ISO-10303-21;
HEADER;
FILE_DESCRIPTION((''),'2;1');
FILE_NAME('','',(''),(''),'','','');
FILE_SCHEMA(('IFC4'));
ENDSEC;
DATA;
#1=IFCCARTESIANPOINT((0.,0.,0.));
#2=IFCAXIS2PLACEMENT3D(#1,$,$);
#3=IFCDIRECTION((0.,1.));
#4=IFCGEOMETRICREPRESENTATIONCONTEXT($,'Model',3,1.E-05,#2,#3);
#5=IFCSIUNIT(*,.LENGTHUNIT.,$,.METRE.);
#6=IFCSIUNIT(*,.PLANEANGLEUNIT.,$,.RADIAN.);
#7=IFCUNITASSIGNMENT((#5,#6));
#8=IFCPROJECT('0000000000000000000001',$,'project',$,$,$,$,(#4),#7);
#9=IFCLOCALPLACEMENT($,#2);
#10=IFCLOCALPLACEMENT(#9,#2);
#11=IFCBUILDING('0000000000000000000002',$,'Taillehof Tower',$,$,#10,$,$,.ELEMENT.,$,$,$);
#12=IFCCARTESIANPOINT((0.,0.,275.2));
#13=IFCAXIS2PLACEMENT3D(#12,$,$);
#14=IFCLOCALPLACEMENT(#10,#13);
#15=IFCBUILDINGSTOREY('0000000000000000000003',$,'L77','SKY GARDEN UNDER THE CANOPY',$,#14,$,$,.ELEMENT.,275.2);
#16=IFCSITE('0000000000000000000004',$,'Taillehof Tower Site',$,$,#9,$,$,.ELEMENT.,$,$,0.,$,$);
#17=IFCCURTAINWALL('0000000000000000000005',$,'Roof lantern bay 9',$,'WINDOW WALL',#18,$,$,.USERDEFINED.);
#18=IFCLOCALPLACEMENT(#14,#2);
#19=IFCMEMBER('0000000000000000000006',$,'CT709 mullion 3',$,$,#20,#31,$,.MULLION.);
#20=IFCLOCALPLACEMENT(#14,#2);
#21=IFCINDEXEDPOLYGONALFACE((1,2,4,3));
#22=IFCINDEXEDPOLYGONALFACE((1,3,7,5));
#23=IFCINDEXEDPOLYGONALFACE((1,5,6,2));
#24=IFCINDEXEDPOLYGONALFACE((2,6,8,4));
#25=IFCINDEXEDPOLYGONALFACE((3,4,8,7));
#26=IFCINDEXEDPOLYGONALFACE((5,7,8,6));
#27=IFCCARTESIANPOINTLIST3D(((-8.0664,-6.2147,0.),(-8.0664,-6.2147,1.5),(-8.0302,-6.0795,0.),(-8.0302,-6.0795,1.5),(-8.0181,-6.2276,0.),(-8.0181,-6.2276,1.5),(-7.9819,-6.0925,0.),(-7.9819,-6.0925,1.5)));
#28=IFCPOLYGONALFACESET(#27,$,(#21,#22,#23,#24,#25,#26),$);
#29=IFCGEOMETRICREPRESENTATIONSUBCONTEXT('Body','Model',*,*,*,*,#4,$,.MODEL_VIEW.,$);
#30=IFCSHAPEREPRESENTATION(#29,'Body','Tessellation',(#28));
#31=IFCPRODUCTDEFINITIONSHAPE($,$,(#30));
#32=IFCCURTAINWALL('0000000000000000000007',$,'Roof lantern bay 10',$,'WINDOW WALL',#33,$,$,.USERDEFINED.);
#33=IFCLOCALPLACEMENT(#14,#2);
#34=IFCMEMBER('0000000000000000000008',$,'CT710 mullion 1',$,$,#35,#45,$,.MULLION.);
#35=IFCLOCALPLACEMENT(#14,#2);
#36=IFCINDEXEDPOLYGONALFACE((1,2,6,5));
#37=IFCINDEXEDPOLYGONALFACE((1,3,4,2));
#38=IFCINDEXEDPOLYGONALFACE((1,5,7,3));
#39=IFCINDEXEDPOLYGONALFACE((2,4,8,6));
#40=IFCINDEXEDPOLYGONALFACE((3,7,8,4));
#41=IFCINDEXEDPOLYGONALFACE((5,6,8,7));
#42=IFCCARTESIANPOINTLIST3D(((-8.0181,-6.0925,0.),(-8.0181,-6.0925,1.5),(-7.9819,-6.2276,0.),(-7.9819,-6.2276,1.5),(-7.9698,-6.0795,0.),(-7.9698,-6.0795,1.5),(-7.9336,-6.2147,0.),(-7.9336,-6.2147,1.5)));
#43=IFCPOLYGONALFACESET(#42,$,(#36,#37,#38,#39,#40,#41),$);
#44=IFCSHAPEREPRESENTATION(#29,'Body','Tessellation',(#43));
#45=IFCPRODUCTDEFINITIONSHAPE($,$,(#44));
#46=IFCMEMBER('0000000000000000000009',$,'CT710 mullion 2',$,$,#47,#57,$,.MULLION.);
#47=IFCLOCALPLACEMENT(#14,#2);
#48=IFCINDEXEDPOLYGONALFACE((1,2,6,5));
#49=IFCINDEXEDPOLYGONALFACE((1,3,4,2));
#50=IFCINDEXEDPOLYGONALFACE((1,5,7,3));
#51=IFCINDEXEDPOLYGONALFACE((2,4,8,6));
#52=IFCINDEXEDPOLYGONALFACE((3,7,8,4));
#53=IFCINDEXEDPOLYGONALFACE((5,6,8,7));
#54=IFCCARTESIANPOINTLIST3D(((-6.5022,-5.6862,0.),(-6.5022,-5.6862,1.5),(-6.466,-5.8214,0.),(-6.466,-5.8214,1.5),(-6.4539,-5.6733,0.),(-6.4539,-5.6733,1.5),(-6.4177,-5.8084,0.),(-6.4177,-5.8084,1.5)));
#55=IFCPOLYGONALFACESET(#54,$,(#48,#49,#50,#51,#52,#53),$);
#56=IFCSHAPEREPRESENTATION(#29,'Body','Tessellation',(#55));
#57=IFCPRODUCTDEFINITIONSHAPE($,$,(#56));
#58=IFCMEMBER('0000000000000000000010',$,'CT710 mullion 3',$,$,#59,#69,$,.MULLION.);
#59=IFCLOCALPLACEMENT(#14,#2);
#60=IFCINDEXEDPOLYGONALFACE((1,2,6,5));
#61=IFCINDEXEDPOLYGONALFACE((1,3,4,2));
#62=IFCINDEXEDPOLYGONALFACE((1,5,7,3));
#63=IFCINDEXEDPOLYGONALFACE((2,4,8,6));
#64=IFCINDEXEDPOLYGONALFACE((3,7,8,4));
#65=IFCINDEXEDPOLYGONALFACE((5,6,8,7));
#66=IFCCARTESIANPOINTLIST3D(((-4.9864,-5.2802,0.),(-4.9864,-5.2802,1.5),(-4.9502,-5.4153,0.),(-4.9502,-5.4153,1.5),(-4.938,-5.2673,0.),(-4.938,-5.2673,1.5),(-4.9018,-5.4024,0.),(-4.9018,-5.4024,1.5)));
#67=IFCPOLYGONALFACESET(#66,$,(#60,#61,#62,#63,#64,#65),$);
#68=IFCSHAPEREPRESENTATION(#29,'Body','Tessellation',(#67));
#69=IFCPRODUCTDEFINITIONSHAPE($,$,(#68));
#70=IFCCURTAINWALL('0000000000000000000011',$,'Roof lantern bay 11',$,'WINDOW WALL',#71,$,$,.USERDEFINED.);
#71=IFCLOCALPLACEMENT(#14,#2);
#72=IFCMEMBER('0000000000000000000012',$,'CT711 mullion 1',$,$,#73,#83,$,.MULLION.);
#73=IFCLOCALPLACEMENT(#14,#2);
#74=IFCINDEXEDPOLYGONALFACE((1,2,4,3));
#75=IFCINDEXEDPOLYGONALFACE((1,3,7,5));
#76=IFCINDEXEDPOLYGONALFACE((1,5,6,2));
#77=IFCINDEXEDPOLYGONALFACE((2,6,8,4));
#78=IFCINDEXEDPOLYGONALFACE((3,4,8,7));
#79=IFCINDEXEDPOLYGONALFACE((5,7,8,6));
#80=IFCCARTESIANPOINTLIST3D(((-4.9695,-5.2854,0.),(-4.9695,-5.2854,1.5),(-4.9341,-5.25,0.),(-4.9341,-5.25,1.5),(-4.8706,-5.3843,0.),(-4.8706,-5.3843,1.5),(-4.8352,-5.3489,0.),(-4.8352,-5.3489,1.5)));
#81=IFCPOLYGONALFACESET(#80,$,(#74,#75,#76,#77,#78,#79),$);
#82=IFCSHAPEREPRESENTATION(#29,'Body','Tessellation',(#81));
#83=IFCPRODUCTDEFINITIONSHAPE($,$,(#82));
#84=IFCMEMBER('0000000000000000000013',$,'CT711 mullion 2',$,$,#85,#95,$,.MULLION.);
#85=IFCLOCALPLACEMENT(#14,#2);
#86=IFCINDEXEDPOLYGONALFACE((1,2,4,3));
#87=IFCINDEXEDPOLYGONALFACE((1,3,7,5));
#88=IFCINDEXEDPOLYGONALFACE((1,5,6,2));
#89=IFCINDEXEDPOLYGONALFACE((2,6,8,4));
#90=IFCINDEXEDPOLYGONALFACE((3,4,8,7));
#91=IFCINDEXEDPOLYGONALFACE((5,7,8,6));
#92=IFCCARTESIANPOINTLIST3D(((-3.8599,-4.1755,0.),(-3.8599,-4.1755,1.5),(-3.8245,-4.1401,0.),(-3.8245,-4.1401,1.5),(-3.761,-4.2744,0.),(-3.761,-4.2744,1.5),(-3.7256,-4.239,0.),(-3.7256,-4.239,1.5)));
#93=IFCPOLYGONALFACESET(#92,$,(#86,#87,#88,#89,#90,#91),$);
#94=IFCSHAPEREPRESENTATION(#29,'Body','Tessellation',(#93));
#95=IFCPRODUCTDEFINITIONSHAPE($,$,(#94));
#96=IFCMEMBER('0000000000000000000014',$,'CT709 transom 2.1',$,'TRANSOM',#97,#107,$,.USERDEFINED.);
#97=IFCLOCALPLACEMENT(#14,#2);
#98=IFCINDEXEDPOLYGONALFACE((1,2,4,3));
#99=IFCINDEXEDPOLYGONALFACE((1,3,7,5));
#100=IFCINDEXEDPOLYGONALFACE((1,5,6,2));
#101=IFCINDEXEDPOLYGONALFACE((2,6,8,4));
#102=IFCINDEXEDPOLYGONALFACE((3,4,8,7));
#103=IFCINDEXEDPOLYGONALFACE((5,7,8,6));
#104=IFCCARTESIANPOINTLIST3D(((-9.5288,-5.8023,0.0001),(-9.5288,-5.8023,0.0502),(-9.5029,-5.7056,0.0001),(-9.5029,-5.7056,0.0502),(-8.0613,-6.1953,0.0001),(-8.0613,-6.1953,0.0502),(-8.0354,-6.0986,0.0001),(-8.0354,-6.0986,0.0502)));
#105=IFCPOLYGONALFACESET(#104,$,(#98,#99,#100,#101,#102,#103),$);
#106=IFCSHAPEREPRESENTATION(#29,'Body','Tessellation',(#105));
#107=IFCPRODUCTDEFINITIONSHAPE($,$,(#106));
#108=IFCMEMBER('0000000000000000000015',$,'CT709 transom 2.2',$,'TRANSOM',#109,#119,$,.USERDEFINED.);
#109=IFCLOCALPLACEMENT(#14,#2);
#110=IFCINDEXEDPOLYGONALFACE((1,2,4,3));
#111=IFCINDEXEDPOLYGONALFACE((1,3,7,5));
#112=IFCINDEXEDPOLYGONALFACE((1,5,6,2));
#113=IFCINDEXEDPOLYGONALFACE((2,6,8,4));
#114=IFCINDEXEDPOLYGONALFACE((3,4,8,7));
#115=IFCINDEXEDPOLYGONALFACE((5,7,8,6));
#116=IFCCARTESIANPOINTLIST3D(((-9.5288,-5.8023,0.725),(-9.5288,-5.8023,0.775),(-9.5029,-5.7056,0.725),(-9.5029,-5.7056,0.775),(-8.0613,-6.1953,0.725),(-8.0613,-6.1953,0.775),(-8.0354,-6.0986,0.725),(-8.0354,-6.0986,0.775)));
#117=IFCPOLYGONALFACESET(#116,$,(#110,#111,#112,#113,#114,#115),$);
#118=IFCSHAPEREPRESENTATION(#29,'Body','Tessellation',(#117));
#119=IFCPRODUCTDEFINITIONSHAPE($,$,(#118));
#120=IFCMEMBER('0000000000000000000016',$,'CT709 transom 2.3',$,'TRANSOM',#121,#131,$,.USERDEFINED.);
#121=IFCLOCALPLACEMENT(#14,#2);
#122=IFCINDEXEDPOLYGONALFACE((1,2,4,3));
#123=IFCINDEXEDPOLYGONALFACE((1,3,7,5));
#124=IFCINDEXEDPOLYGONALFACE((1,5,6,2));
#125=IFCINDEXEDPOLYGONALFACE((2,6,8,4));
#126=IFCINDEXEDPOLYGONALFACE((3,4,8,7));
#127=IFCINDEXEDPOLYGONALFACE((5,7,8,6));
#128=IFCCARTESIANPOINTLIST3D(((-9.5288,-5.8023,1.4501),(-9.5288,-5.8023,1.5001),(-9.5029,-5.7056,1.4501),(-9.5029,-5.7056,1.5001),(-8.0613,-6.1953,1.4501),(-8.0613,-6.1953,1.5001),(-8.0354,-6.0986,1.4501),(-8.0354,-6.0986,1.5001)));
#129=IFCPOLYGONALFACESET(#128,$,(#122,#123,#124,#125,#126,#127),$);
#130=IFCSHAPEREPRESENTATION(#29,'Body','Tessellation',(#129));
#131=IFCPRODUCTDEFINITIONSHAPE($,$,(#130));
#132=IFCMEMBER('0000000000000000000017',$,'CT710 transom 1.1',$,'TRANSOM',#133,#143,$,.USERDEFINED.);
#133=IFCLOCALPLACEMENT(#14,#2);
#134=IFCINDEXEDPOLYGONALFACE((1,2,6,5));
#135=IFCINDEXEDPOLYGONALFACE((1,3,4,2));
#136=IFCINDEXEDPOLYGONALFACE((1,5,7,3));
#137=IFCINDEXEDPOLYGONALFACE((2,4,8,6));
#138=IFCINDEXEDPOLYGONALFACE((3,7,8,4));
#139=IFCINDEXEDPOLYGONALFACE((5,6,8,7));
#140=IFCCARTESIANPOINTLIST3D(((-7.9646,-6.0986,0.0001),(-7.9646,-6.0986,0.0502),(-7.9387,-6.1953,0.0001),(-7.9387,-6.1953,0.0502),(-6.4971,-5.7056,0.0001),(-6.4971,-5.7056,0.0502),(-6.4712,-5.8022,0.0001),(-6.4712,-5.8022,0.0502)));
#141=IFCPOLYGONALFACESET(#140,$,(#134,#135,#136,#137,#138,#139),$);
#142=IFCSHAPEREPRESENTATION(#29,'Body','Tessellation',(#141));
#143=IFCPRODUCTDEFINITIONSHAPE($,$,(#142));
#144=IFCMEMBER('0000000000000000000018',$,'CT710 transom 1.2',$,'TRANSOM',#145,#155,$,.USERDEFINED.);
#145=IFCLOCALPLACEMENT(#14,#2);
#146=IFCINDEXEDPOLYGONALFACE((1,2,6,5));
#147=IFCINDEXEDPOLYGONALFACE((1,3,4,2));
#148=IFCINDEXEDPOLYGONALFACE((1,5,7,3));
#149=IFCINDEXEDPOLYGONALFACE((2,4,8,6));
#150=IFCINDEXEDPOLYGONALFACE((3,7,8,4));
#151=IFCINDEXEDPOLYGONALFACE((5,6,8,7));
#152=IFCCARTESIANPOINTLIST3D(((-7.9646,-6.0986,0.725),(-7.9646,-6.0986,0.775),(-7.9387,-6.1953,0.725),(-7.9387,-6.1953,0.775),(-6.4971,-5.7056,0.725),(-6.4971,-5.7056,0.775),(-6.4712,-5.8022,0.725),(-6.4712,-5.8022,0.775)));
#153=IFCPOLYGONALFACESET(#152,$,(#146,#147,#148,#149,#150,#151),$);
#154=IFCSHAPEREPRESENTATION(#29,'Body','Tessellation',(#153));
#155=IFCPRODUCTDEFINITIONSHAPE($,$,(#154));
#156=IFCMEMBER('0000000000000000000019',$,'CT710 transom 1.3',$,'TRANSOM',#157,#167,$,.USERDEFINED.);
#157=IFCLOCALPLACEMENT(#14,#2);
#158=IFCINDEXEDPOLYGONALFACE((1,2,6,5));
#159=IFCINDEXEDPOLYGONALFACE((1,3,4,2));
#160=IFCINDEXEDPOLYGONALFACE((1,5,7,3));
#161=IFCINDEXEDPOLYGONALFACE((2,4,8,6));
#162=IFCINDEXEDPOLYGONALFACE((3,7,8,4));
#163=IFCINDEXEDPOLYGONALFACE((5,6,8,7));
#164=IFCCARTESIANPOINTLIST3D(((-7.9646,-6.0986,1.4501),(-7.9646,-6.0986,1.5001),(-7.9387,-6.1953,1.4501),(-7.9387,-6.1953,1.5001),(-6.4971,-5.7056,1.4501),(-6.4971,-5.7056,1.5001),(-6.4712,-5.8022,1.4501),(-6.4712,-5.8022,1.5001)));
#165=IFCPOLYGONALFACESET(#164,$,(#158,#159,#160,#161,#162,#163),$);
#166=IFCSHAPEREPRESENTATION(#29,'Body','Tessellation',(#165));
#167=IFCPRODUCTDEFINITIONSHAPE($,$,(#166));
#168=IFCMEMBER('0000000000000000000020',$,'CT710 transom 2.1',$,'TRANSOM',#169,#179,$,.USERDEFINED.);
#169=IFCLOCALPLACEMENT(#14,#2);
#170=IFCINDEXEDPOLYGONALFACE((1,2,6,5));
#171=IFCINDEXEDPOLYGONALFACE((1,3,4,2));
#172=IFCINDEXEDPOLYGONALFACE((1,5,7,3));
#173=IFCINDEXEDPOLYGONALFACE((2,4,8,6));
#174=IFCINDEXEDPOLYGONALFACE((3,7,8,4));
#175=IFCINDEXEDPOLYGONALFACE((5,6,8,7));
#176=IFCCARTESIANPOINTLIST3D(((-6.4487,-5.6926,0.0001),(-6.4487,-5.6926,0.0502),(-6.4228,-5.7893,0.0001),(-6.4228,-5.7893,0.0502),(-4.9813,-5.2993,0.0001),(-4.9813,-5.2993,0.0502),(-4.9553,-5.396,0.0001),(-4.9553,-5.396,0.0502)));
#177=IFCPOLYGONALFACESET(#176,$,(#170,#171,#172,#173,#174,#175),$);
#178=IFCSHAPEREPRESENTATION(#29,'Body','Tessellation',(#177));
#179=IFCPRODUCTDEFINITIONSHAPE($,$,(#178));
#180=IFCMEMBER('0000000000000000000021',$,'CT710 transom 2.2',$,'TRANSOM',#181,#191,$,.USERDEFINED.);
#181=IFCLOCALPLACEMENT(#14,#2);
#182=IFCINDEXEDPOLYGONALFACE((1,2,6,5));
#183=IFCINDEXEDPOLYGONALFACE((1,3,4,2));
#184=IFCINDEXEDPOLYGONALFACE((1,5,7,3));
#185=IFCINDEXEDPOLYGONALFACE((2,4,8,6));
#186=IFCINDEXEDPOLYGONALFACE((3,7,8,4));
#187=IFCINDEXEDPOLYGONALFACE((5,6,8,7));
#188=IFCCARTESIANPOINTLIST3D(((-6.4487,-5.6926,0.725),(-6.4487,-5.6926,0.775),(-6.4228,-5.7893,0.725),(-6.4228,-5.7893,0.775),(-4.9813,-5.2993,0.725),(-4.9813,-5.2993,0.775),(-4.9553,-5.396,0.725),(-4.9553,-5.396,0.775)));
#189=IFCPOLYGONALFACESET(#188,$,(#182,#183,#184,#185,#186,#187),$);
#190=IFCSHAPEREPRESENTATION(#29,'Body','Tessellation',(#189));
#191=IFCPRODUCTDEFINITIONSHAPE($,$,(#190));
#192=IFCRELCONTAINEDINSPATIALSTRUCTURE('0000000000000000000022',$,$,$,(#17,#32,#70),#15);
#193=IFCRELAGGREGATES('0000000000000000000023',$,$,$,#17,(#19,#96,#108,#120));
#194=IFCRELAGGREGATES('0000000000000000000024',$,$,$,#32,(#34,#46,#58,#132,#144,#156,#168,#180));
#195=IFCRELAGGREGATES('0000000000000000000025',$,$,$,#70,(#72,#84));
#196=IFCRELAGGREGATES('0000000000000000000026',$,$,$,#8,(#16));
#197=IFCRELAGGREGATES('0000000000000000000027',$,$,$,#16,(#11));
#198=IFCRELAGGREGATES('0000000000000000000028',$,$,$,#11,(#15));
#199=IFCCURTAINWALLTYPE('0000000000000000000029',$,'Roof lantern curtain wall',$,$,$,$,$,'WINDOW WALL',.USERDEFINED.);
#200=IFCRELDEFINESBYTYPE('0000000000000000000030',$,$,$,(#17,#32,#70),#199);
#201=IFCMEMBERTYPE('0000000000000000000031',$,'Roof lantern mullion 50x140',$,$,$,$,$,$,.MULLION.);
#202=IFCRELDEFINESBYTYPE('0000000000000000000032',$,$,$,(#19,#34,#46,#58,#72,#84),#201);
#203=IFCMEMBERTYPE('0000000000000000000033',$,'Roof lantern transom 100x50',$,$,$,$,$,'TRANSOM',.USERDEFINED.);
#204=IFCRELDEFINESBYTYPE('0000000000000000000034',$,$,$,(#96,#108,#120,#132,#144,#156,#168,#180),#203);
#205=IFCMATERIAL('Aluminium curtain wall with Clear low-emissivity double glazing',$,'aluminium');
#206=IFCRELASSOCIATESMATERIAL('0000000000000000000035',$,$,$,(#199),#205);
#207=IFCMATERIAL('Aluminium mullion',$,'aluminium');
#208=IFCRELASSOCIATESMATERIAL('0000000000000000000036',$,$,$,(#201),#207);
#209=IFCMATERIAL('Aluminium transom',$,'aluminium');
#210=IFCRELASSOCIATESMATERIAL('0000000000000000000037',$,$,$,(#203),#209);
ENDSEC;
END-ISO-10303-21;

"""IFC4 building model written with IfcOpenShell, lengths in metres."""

from ifc_helpers import new_model, si_unit, direction, frame, origin, origin_2d, place, context, subcontext, project, spatial, rectangle, extrude, material, material_profile, profile_set, type_object, element, aggregate, save


model = new_model("IFC4")

# Units and contexts
model_context = context("Model", 3, precision=1e-05, world=origin(), true_north=direction((0.0, 1.0)))
body_context = subcontext(model_context, "Body", "Model", "MODEL_VIEW")
ifc_project = project(units=[si_unit("LENGTHUNIT", "METRE"), si_unit("PLANEANGLEUNIT", "RADIAN")], contexts=[model_context])

# Site, building, storey
site_placement = place(None, origin())
site = spatial("IfcSite", under=ifc_project, at=site_placement, Name="Taillehof Tower Site", CompositionType="ELEMENT", RefElevation=0.0)
building_placement = place(site_placement, origin())
building = spatial("IfcBuilding", under=site, at=building_placement, Name="Taillehof Tower", CompositionType="ELEMENT")
storey_placement = place(building_placement, frame((0.0, 0.0, 275.2)))
storey = spatial("IfcBuildingStorey", under=building, at=storey_placement, Name="L77", Description="SKY GARDEN UNDER THE CANOPY", CompositionType="ELEMENT", Elevation=275.2)

# Curtain wall, member
ifc_material_1 = material(Name="Aluminium curtain wall with Clear low-emissivity double glazing", Category="aluminium")
curtain_wall_type = type_object("IfcCurtainWallType", Name="Roof lantern curtain wall", ElementType="WINDOW WALL", PredefinedType="USERDEFINED", material=ifc_material_1)
curtain_wall_1_placement = place(storey_placement, origin())
curtain_wall_1 = element("IfcCurtainWall", 1, at=curtain_wall_1_placement, inside=storey, type_object=curtain_wall_type, Name="Roof lantern bay 9", ObjectType="WINDOW WALL", PredefinedType="USERDEFINED")
ifc_material_2 = material(Name="Aluminium mullion", Category="aluminium")
ifc_material_profile_1 = material_profile(ifc_material_2, rectangle(XDim=0.1399, YDim=0.05, at=origin_2d()), Name="AL 50x140")
ifc_profile_set_1 = profile_set([ifc_material_profile_1], Name="Aluminium mullion")
member_type_1 = type_object("IfcMemberType", Name="Roof lantern mullion 50x140", PredefinedType="MULLION", material=ifc_profile_set_1)
member_1_placement = place(storey_placement, frame((-8.0242, -6.1536, 0.0), z_axis=(0.0, 0.0, 1.0), x_axis=(0.258819, 0.965926, 0.0)))
member_1 = element("IfcMember", 2, at=member_1_placement, type_object=member_type_1, Name="CT709 mullion 3", PredefinedType="MULLION", context=body_context, shape_type="SweptSolid", body=[
    extrude(rectangle(XDim=0.1399, YDim=0.05, at=origin_2d()), origin(), (0.0, 0.0, 1.0), 1.5),
])

# Curtain walls, members
curtain_wall_2_placement = place(storey_placement, origin())
curtain_wall_2 = element("IfcCurtainWall", 3, at=curtain_wall_2_placement, inside=storey, type_object=curtain_wall_type, Name="Roof lantern bay 10", ObjectType="WINDOW WALL", PredefinedType="USERDEFINED")
member_2_placement = place(storey_placement, frame((-7.9758, -6.1536, 0.0), z_axis=(0.0, 0.0, 1.0), x_axis=(-0.258819, 0.965926, 0.0)))
member_2 = element("IfcMember", 4, at=member_2_placement, type_object=member_type_1, Name="CT710 mullion 1", PredefinedType="MULLION", context=body_context, shape_type="SweptSolid", body=[
    extrude(rectangle(XDim=0.1399, YDim=0.05, at=origin_2d()), origin(), (0.0, 0.0, 1.0), 1.5),
])
member_3_placement = place(storey_placement, frame((-6.46, -5.7473, 0.0), z_axis=(0.0, 0.0, 1.0), x_axis=(-0.258819, 0.965926, 0.0)))
member_3 = element("IfcMember", 5, at=member_3_placement, type_object=member_type_1, Name="CT710 mullion 2", PredefinedType="MULLION", context=body_context, shape_type="SweptSolid", body=[
    extrude(rectangle(XDim=0.1399, YDim=0.05, at=origin_2d()), origin(), (0.0, 0.0, 1.0), 1.5),
])
member_4_placement = place(storey_placement, frame((-4.9441, -5.3413, 0.0), z_axis=(0.0, 0.0, 1.0), x_axis=(-0.258819, 0.965926, 0.0)))
member_4 = element("IfcMember", 6, at=member_4_placement, type_object=member_type_1, Name="CT710 mullion 3", PredefinedType="MULLION", context=body_context, shape_type="SweptSolid", body=[
    extrude(rectangle(XDim=0.1399, YDim=0.05, at=origin_2d()), origin(), (0.0, 0.0, 1.0), 1.5),
])
curtain_wall_3_placement = place(storey_placement, origin())
curtain_wall_3 = element("IfcCurtainWall", 7, at=curtain_wall_3_placement, inside=storey, type_object=curtain_wall_type, Name="Roof lantern bay 11", ObjectType="WINDOW WALL", PredefinedType="USERDEFINED")
member_5_placement = place(storey_placement, frame((-4.9023, -5.3171, 0.0), z_axis=(0.0, 0.0, 1.0), x_axis=(-0.707107, 0.707107, 0.0)))
member_5 = element("IfcMember", 8, at=member_5_placement, type_object=member_type_1, Name="CT711 mullion 1", PredefinedType="MULLION", context=body_context, shape_type="SweptSolid", body=[
    extrude(rectangle(XDim=0.1399, YDim=0.05, at=origin_2d()), origin(), (0.0, 0.0, 1.0), 1.5),
])
member_6_placement = place(storey_placement, frame((-3.7927, -4.2073, 0.0), z_axis=(0.0, 0.0, 1.0), x_axis=(-0.707107, 0.707107, 0.0)))
member_6 = element("IfcMember", 9, at=member_6_placement, type_object=member_type_1, Name="CT711 mullion 2", PredefinedType="MULLION", context=body_context, shape_type="SweptSolid", body=[
    extrude(rectangle(XDim=0.1399, YDim=0.05, at=origin_2d()), origin(), (0.0, 0.0, 1.0), 1.5),
])

# Members
ifc_material_3 = material(Name="Aluminium transom", Category="aluminium")
ifc_material_profile_2 = material_profile(ifc_material_3, rectangle(XDim=0.1001, YDim=0.05, at=origin_2d()), Name="AL 100x50")
ifc_profile_set_2 = profile_set([ifc_material_profile_2], Name="Aluminium transom")
member_type_2 = type_object("IfcMemberType", Name="Roof lantern transom 100x50", ElementType="TRANSOM", PredefinedType="USERDEFINED", material=ifc_profile_set_2)
member_7_placement = place(storey_placement, frame((-9.5159, -5.7539, 0.0251), z_axis=(0.965952, -0.258723, 0.0), x_axis=(0.258723, 0.965952, 0.0)))
member_7 = element("IfcMember", 10, at=member_7_placement, type_object=member_type_2, Name="CT709 transom 2.1", ObjectType="TRANSOM", PredefinedType="USERDEFINED", context=body_context, shape_type="SweptSolid", body=[
    extrude(rectangle(XDim=0.1001, YDim=0.05, at=origin_2d()), origin(), (0.0, 0.0, 1.0), 1.5193),
])
member_8_placement = place(storey_placement, frame((-9.5159, -5.7539, 0.75), z_axis=(0.965952, -0.258723, 0.0), x_axis=(0.258723, 0.965952, 0.0)))
member_8 = element("IfcMember", 11, at=member_8_placement, type_object=member_type_2, Name="CT709 transom 2.2", ObjectType="TRANSOM", PredefinedType="USERDEFINED", context=body_context, shape_type="SweptSolid", body=[
    extrude(rectangle(XDim=0.1001, YDim=0.05, at=origin_2d()), origin(), (0.0, 0.0, 1.0), 1.5193),
])
member_9_placement = place(storey_placement, frame((-9.5159, -5.7539, 1.4751), z_axis=(0.965952, -0.258723, 0.0), x_axis=(0.258723, 0.965952, 0.0)))
member_9 = element("IfcMember", 12, at=member_9_placement, type_object=member_type_2, Name="CT709 transom 2.3", ObjectType="TRANSOM", PredefinedType="USERDEFINED", context=body_context, shape_type="SweptSolid", body=[
    extrude(rectangle(XDim=0.1001, YDim=0.05, at=origin_2d()), origin(), (0.0, 0.0, 1.0), 1.5193),
])
member_10_placement = place(storey_placement, frame((-7.9517, -6.147, 0.0251), z_axis=(0.965952, 0.258723, 0.0), x_axis=(-0.258723, 0.965952, 0.0)))
member_10 = element("IfcMember", 13, at=member_10_placement, type_object=member_type_2, Name="CT710 transom 1.1", ObjectType="TRANSOM", PredefinedType="USERDEFINED", context=body_context, shape_type="SweptSolid", body=[
    extrude(rectangle(XDim=0.1001, YDim=0.05, at=origin_2d()), origin(), (0.0, 0.0, 1.0), 1.5193),
])
member_11_placement = place(storey_placement, frame((-7.9517, -6.147, 0.75), z_axis=(0.965952, 0.258723, 0.0), x_axis=(-0.258723, 0.965952, 0.0)))
member_11 = element("IfcMember", 14, at=member_11_placement, type_object=member_type_2, Name="CT710 transom 1.2", ObjectType="TRANSOM", PredefinedType="USERDEFINED", context=body_context, shape_type="SweptSolid", body=[
    extrude(rectangle(XDim=0.1001, YDim=0.05, at=origin_2d()), origin(), (0.0, 0.0, 1.0), 1.5193),
])
member_12_placement = place(storey_placement, frame((-7.9517, -6.147, 1.4751), z_axis=(0.965952, 0.258723, 0.0), x_axis=(-0.258723, 0.965952, 0.0)))
member_12 = element("IfcMember", 15, at=member_12_placement, type_object=member_type_2, Name="CT710 transom 1.3", ObjectType="TRANSOM", PredefinedType="USERDEFINED", context=body_context, shape_type="SweptSolid", body=[
    extrude(rectangle(XDim=0.1001, YDim=0.05, at=origin_2d()), origin(), (0.0, 0.0, 1.0), 1.5193),
])
member_13_placement = place(storey_placement, frame((-6.4358, -5.741, 0.0251), z_axis=(0.965911, 0.258873, 0.0), x_axis=(-0.258873, 0.965911, 0.0)))
member_13 = element("IfcMember", 16, at=member_13_placement, type_object=member_type_2, Name="CT710 transom 2.1", ObjectType="TRANSOM", PredefinedType="USERDEFINED", context=body_context, shape_type="SweptSolid", body=[
    extrude(rectangle(XDim=0.1001, YDim=0.05, at=origin_2d()), origin(), (0.0, 0.0, 1.0), 1.5193),
])
member_14_placement = place(storey_placement, frame((-6.4358, -5.741, 0.75), z_axis=(0.965911, 0.258873, 0.0), x_axis=(-0.258873, 0.965911, 0.0)))
member_14 = element("IfcMember", 17, at=member_14_placement, type_object=member_type_2, Name="CT710 transom 2.2", ObjectType="TRANSOM", PredefinedType="USERDEFINED", context=body_context, shape_type="SweptSolid", body=[
    extrude(rectangle(XDim=0.1001, YDim=0.05, at=origin_2d()), origin(), (0.0, 0.0, 1.0), 1.5193),
])

aggregate(curtain_wall_1, [member_1, member_7, member_8, member_9])
aggregate(curtain_wall_2, [member_2, member_3, member_4, member_10, member_11, member_12, member_13, member_14])
aggregate(curtain_wall_3, [member_5, member_6])

save(model, "model.ifc")
